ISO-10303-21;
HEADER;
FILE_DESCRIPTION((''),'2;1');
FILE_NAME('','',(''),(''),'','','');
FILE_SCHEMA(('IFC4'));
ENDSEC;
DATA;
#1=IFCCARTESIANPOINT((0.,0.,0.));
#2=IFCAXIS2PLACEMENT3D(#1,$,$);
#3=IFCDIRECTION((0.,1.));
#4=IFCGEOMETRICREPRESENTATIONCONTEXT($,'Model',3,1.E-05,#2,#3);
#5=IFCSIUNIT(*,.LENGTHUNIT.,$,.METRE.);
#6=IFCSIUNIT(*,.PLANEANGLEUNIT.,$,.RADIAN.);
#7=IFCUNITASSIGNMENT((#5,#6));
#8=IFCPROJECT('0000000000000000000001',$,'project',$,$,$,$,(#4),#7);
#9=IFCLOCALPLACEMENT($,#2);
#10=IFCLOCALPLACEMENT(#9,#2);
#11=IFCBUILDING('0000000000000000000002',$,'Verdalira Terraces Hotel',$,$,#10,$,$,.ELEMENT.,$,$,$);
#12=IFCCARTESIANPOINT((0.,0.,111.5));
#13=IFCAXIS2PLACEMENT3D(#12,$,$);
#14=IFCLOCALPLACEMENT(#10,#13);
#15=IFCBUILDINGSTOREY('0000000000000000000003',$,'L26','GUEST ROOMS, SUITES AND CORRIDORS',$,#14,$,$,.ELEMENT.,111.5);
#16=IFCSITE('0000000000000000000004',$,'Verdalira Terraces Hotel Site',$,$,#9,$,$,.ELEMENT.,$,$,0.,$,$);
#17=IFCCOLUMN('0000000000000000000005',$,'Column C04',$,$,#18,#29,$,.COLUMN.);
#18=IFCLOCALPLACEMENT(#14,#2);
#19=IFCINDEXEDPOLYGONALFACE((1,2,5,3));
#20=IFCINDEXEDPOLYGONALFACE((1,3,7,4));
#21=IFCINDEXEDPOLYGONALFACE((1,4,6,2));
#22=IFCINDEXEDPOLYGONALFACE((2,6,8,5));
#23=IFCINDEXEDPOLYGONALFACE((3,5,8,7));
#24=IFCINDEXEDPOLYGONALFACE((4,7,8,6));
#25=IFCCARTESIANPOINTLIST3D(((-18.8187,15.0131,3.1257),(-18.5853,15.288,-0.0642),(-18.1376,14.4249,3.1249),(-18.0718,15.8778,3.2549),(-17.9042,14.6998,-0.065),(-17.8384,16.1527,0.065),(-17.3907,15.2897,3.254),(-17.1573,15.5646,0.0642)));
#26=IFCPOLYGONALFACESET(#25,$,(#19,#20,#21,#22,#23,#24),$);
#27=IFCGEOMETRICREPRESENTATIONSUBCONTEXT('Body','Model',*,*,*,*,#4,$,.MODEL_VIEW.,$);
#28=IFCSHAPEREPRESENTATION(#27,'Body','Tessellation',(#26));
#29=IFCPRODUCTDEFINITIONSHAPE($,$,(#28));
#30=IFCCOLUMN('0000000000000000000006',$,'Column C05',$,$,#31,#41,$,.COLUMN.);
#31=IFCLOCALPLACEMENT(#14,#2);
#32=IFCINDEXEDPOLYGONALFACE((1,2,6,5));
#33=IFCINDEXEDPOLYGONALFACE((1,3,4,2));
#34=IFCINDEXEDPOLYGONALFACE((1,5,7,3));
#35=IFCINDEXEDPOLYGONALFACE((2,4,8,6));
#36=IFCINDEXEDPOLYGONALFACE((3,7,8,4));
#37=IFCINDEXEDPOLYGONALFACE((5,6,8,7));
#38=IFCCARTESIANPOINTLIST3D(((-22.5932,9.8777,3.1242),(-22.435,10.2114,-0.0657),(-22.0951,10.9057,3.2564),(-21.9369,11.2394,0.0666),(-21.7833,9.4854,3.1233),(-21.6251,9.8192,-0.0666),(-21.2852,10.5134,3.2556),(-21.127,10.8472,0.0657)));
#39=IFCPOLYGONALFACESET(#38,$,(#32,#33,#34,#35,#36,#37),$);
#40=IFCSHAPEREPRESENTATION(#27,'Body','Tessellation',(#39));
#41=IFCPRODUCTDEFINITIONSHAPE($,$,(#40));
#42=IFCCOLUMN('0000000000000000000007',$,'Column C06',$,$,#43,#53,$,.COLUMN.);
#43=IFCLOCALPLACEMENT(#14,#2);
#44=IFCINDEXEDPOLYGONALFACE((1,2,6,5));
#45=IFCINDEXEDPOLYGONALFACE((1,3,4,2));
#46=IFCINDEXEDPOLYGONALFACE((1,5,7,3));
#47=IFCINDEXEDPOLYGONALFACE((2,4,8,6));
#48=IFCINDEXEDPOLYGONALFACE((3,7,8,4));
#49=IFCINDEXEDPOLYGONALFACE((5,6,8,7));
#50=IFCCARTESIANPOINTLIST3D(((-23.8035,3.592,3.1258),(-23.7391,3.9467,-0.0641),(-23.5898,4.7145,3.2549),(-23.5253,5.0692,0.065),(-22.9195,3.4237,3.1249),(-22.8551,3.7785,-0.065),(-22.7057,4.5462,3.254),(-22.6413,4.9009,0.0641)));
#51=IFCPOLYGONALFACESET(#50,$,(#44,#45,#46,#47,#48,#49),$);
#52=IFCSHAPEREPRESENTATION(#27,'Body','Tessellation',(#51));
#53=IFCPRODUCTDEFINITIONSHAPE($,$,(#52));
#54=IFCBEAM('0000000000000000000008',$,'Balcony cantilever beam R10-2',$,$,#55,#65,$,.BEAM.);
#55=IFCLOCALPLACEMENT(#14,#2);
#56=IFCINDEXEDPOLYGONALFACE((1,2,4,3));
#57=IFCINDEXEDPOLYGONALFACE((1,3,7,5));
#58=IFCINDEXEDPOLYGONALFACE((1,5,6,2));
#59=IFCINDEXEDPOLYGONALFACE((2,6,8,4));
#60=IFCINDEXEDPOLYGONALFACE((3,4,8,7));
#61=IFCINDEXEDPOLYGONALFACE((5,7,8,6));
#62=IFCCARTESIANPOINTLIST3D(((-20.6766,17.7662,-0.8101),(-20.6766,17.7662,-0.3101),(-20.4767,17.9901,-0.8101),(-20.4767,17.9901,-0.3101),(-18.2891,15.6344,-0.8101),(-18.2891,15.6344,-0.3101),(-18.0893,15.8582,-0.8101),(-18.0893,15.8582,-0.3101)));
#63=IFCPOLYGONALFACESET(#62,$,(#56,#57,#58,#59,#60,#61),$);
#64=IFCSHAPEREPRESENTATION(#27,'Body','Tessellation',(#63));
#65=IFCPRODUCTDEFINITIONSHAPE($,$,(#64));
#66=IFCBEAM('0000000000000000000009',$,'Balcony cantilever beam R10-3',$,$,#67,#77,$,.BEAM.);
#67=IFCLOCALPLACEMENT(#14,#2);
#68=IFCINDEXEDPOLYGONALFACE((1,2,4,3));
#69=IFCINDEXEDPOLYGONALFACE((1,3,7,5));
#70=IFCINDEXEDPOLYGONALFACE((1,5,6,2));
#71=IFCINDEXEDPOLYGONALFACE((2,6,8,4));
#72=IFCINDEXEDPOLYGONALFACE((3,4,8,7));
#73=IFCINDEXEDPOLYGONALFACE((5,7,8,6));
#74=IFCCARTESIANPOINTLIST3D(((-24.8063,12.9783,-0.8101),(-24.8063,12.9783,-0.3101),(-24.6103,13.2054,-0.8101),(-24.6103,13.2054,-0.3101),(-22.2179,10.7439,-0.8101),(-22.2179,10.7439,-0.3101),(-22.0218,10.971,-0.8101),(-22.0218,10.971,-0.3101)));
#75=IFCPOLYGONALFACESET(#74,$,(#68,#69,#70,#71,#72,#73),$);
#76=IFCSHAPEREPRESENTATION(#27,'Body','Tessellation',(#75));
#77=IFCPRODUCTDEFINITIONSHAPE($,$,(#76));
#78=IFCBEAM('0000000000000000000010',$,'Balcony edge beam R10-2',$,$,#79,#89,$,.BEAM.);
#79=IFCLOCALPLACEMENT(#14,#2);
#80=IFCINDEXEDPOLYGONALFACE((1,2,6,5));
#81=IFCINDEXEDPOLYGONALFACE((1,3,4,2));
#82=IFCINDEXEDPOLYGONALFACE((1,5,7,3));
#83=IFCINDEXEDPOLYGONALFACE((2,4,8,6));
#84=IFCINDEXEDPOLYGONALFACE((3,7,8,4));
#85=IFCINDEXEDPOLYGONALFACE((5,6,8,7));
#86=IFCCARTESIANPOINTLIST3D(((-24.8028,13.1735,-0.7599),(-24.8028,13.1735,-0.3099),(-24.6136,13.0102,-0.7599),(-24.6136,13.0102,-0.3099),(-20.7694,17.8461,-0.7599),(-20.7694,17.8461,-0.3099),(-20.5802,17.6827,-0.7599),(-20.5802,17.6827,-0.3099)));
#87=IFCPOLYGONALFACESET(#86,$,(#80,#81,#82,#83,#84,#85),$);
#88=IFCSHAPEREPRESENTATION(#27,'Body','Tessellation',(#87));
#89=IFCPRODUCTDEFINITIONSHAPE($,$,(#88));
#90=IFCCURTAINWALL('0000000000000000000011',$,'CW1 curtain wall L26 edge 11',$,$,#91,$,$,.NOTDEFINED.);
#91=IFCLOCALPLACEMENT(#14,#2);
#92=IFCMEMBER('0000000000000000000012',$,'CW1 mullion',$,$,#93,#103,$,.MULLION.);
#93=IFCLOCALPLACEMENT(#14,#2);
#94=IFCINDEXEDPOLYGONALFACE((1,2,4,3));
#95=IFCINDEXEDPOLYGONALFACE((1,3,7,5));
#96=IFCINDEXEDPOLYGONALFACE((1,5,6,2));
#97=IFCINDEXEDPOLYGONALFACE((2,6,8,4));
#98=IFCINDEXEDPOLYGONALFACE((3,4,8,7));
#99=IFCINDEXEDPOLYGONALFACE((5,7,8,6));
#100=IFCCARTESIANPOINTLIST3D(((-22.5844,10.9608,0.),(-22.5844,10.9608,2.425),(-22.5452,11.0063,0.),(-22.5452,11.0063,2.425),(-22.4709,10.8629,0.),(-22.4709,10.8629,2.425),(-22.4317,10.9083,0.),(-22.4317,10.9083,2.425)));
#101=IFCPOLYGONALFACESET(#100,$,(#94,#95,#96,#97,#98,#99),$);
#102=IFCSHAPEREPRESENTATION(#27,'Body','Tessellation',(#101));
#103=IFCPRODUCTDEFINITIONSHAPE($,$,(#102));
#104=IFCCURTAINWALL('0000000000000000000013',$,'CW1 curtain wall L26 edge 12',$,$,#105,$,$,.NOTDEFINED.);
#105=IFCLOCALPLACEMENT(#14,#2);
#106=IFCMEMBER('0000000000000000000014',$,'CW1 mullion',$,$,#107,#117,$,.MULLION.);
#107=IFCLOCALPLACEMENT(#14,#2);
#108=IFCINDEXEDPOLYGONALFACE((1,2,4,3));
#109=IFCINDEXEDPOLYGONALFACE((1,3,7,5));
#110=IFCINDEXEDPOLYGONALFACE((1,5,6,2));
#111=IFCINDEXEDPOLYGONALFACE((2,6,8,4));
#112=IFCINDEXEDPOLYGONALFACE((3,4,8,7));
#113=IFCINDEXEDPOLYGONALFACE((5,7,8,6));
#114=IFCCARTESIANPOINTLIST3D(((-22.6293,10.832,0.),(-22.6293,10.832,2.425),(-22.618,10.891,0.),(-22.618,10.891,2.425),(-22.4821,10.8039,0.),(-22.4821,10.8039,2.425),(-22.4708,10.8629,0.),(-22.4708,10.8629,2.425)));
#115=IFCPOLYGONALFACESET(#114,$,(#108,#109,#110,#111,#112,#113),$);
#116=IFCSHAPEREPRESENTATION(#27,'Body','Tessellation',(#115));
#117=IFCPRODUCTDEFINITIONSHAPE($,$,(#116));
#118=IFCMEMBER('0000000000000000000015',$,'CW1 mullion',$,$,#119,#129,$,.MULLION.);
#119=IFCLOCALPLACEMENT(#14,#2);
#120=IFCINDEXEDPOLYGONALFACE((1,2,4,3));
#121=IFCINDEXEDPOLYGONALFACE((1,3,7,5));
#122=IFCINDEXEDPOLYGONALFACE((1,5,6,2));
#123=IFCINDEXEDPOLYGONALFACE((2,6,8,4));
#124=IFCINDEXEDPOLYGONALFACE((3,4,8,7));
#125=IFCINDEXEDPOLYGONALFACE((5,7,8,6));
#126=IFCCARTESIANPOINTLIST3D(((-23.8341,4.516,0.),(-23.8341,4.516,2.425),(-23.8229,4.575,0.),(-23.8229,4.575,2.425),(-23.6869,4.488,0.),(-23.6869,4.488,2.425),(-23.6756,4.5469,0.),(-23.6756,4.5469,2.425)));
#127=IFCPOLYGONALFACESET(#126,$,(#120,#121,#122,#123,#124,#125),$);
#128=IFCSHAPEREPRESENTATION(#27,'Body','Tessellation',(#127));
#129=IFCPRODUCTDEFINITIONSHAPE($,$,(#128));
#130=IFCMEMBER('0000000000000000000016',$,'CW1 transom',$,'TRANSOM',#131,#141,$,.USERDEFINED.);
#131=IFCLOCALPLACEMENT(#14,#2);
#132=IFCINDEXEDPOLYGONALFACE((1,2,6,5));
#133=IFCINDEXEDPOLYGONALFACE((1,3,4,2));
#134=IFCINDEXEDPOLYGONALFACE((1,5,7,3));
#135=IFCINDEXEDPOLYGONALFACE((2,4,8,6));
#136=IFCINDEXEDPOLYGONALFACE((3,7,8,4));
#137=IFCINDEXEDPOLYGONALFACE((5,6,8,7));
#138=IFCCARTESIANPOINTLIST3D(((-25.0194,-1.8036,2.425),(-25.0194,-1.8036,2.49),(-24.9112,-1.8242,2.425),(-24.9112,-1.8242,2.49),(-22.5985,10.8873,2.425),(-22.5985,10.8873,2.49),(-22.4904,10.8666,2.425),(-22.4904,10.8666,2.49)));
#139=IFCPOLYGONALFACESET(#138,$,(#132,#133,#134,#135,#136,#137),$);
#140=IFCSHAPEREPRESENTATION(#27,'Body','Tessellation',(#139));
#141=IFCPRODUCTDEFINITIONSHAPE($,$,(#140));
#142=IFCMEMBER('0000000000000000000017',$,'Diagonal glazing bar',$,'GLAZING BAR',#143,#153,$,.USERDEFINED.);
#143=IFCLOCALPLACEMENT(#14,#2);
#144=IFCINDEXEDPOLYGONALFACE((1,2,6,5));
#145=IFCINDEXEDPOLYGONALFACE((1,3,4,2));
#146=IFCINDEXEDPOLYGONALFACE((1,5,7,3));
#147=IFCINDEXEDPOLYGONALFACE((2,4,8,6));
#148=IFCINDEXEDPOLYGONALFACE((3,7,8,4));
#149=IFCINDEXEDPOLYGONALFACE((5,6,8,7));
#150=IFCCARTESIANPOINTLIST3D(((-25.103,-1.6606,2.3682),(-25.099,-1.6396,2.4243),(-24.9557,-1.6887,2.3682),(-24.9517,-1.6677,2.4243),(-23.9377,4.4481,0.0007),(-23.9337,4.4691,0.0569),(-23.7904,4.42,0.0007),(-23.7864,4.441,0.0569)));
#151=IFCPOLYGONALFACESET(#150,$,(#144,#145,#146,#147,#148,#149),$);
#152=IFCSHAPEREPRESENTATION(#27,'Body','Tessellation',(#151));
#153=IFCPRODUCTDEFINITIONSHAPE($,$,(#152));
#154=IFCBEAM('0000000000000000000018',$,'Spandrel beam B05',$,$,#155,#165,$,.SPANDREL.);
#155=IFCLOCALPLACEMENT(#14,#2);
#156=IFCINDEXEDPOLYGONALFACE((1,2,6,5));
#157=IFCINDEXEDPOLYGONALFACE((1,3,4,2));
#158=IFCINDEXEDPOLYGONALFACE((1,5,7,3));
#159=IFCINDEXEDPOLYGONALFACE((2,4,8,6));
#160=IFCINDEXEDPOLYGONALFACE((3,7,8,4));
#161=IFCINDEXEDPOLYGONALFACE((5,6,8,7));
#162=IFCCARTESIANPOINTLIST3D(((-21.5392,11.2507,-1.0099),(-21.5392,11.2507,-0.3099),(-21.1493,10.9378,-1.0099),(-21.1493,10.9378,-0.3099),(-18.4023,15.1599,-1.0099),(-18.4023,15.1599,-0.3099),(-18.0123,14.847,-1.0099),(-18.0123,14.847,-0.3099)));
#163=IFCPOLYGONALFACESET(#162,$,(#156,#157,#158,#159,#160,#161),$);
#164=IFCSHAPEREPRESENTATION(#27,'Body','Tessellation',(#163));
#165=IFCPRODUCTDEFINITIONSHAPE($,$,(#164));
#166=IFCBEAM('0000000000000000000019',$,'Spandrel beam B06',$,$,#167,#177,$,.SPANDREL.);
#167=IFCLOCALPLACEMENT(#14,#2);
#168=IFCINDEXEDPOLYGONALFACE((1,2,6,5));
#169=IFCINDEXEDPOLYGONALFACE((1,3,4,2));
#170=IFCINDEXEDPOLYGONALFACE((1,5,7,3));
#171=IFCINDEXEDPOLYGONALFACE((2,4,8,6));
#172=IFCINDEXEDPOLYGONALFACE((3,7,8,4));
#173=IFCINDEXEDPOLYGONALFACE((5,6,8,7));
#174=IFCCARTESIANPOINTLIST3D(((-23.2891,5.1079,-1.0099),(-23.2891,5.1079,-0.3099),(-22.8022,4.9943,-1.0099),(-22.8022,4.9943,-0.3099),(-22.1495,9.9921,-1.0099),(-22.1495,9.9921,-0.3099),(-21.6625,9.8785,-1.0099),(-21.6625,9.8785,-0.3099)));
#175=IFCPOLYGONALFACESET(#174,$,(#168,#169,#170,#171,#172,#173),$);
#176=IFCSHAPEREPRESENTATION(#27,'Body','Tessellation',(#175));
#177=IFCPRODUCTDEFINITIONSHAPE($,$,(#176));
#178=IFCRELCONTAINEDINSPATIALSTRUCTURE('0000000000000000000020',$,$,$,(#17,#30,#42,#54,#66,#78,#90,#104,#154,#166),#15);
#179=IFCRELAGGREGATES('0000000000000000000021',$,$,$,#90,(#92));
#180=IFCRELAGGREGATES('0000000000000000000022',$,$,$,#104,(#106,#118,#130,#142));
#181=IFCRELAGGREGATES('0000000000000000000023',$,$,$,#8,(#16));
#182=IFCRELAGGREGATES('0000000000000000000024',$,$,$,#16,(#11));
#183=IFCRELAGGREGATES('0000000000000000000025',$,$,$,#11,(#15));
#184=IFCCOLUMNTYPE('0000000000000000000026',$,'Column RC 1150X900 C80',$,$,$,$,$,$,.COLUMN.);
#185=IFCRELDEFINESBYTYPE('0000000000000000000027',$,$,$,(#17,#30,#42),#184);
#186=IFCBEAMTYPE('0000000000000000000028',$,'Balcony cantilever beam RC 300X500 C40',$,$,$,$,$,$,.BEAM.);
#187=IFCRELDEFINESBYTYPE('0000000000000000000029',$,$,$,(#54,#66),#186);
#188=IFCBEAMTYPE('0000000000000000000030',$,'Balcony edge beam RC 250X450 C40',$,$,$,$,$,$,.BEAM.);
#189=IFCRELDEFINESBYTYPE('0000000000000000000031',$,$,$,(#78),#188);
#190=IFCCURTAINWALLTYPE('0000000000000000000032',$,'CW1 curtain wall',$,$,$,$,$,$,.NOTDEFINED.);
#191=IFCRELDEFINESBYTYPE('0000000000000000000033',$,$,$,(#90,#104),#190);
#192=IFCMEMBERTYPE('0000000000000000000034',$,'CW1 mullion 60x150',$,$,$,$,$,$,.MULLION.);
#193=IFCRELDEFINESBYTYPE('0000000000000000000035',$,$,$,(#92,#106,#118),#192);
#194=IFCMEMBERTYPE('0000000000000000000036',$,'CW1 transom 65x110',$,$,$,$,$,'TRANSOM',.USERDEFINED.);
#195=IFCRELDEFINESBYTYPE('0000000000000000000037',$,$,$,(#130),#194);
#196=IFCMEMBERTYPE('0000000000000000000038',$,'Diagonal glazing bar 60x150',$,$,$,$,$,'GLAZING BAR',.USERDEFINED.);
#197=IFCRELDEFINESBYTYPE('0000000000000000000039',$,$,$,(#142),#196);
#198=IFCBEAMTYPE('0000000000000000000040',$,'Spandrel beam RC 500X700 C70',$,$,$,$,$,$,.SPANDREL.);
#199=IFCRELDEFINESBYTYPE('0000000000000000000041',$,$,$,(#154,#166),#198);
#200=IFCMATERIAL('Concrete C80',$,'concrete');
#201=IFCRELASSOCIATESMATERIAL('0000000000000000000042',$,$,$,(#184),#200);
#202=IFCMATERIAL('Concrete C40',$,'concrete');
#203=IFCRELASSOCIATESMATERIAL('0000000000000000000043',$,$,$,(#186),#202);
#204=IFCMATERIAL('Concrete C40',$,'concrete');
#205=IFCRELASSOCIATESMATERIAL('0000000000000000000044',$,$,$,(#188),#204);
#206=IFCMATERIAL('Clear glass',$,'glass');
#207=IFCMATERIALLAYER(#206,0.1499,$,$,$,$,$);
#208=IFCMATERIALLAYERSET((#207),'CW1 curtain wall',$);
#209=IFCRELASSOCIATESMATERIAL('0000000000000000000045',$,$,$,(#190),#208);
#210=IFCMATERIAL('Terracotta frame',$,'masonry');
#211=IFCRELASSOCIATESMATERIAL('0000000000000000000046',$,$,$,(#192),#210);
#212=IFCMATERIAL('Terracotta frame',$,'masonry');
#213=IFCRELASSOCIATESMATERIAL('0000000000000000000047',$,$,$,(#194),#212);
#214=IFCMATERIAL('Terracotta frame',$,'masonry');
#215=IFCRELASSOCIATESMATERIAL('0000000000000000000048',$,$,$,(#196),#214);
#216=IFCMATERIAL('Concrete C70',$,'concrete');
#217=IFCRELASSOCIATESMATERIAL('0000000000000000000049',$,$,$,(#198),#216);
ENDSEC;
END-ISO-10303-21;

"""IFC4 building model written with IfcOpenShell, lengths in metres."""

from ifc_helpers import new_model, si_unit, direction, frame, origin, origin_2d, place, context, subcontext, project, spatial, rectangle, extrude, material, layer, layer_set, material_profile, profile_set, type_object, element, aggregate, save


model = new_model("IFC4")

# Units and contexts
model_context = context("Model", 3, precision=1e-05, world=origin(), true_north=direction((0.0, 1.0)))
body_context = subcontext(model_context, "Body", "Model", "MODEL_VIEW")
ifc_project = project(units=[si_unit("LENGTHUNIT", "METRE"), si_unit("PLANEANGLEUNIT", "RADIAN")], contexts=[model_context])

# Site, building, storey
site_placement = place(None, origin())
site = spatial("IfcSite", under=ifc_project, at=site_placement, Name="Verdalira Terraces Hotel Site", CompositionType="ELEMENT", RefElevation=0.0)
building_placement = place(site_placement, origin())
building = spatial("IfcBuilding", under=site, at=building_placement, Name="Verdalira Terraces Hotel", CompositionType="ELEMENT")
storey_placement = place(building_placement, frame((0.0, 0.0, 111.5)))
storey = spatial("IfcBuildingStorey", under=building, at=storey_placement, Name="L26", Description="GUEST ROOMS, SUITES AND CORRIDORS", CompositionType="ELEMENT", Elevation=111.5)

# Columns
ifc_material_1 = material(Name="Concrete C80", Category="concrete")
ifc_material_profile_1 = material_profile(ifc_material_1, rectangle(XDim=1.1499, YDim=0.8999, at=origin_2d()), Name="RC 1150X900")
ifc_profile_set_1 = profile_set([ifc_material_profile_1], Name="Concrete C80")
column_type = type_object("IfcColumnType", Name="Column RC 1150X900 C80", PredefinedType="COLUMN", material=ifc_profile_set_1)
column_1_placement = place(storey_placement, frame((-17.8713, 15.4263, 0.0), z_axis=(-0.072704, -0.085632, 0.993671), x_axis=(-0.649524, -0.751998, -0.112329)))
element("IfcColumn", 1, at=column_1_placement, inside=storey, type_object=column_type, Name="Column C04", PredefinedType="COLUMN", context=body_context, shape_type="SweptSolid", body=[
    extrude(rectangle(XDim=1.1499, YDim=0.8999, at=origin_2d()), origin(), (0.0, 0.0, 1.0), 3.2102),
])
column_2_placement = place(storey_placement, frame((-21.781, 10.5293, 0.0), z_axis=(-0.049265, -0.103928, 0.993364), x_axis=(0.433105, 0.893976, 0.11501)))
element("IfcColumn", 2, at=column_2_placement, inside=storey, type_object=column_type, Name="Column C05", PredefinedType="COLUMN", context=body_context, shape_type="SweptSolid", body=[
    extrude(rectangle(XDim=1.1499, YDim=0.8999, at=origin_2d()), origin(), (0.0, 0.0, 1.0), 3.2112),
])
column_3_placement = place(storey_placement, frame((-23.1902, 4.4238, 0.0), z_axis=(-0.020077, -0.110501, 0.993673), x_axis=(-0.185925, -0.976125, -0.112306)))
element("IfcColumn", 3, at=column_3_placement, inside=storey, type_object=column_type, Name="Column C06", PredefinedType="COLUMN", context=body_context, shape_type="SweptSolid", body=[
    extrude(rectangle(XDim=1.1499, YDim=0.8999, at=origin_2d()), origin(), (0.0, 0.0, 1.0), 3.2102),
])

# Beams
ifc_material_2 = material(Name="Concrete C40", Category="concrete")
ifc_material_profile_2 = material_profile(ifc_material_2, rectangle(XDim=0.3, YDim=0.5, at=origin_2d()), Name="RC 300X500")
ifc_profile_set_2 = profile_set([ifc_material_profile_2], Name="Concrete C40")
beam_type_1 = type_object("IfcBeamType", Name="Balcony cantilever beam RC 300X500 C40", PredefinedType="BEAM", material=ifc_profile_set_2)
beam_1_placement = place(storey_placement, frame((-18.1892, 15.7463, -0.5601), z_axis=(-0.745909, 0.666048, 0.0), x_axis=(-0.666048, -0.745909, 0.0)))
element("IfcBeam", 4, at=beam_1_placement, inside=storey, type_object=beam_type_1, Name="Balcony cantilever beam R10-2", PredefinedType="BEAM", context=body_context, shape_type="SweptSolid", body=[
    extrude(rectangle(XDim=0.3, YDim=0.5, at=origin_2d()), origin(), (0.0, 0.0, 1.0), 3.2007),
])
beam_2_placement = place(storey_placement, frame((-22.1199, 10.8574, -0.5601), z_axis=(-0.756974, 0.653445, 0.0), x_axis=(-0.653445, -0.756974, 0.0)))
element("IfcBeam", 5, at=beam_2_placement, inside=storey, type_object=beam_type_1, Name="Balcony cantilever beam R10-3", PredefinedType="BEAM", context=body_context, shape_type="SweptSolid", body=[
    extrude(rectangle(XDim=0.3, YDim=0.5, at=origin_2d()), origin(), (0.0, 0.0, 1.0), 3.4194),
])
ifc_material_3 = material(Name="Concrete C40", Category="concrete")
ifc_material_profile_3 = material_profile(ifc_material_3, rectangle(XDim=0.25, YDim=0.45, at=origin_2d()), Name="RC 250X450")
ifc_profile_set_3 = profile_set([ifc_material_profile_3], Name="Concrete C40")
beam_type_2 = type_object("IfcBeamType", Name="Balcony edge beam RC 250X450 C40", PredefinedType="BEAM", material=ifc_profile_set_3)
beam_3_placement = place(storey_placement, frame((-20.6748, 17.7644, -0.5349), z_axis=(-0.653436, -0.756982, 0.0), x_axis=(0.756982, -0.653436, 0.0)))
element("IfcBeam", 6, at=beam_3_placement, inside=storey, type_object=beam_type_2, Name="Balcony edge beam R10-2", PredefinedType="BEAM", context=body_context, shape_type="SweptSolid", body=[
    extrude(rectangle(XDim=0.25, YDim=0.45, at=origin_2d()), origin(), (0.0, 0.0, 1.0), 6.1726),
])

# Curtain wall, member
ifc_material_4 = material(Name="Clear glass", Category="glass")
ifc_layer_1 = layer(ifc_material_4, 0.1499)
ifc_layer_set_1 = layer_set([ifc_layer_1], Name="CW1 curtain wall")
curtain_wall_type = type_object("IfcCurtainWallType", Name="CW1 curtain wall", PredefinedType="NOTDEFINED", material=ifc_layer_set_1)
curtain_wall_1_placement = place(storey_placement, origin())
curtain_wall_1 = element("IfcCurtainWall", 7, at=curtain_wall_1_placement, inside=storey, type_object=curtain_wall_type, Name="CW1 curtain wall L26 edge 11", PredefinedType="NOTDEFINED")
ifc_material_5 = material(Name="Terracotta frame", Category="masonry")
ifc_material_profile_4 = material_profile(ifc_material_5, rectangle(XDim=0.0601, YDim=0.1499, at=origin_2d()), Name="MU 60x150")
ifc_profile_set_4 = profile_set([ifc_material_profile_4], Name="Terracotta frame")
member_type_1 = type_object("IfcMemberType", Name="CW1 mullion 60x150", PredefinedType="MULLION", material=ifc_profile_set_4)
member_1_placement = place(storey_placement, frame((-22.5081, 10.9346, 0.0), z_axis=(0.0, 0.0, 1.0), x_axis=(-0.653421, -0.756995, 0.0)))
member_1 = element("IfcMember", 8, at=member_1_placement, type_object=member_type_1, Name="CW1 mullion", PredefinedType="MULLION", context=body_context, shape_type="SweptSolid", body=[
    extrude(rectangle(XDim=0.0601, YDim=0.1499, at=origin_2d()), origin(), (0.0, 0.0, 1.0), 2.425),
])

# Curtain wall, members
curtain_wall_2_placement = place(storey_placement, origin())
curtain_wall_2 = element("IfcCurtainWall", 9, at=curtain_wall_2_placement, inside=storey, type_object=curtain_wall_type, Name="CW1 curtain wall L26 edge 12", PredefinedType="NOTDEFINED")
member_2_placement = place(storey_placement, frame((-22.55, 10.8474, 0.0), z_axis=(0.0, 0.0, 1.0), x_axis=(-0.187381, -0.982287, 0.0)))
member_2 = element("IfcMember", 10, at=member_2_placement, type_object=member_type_1, Name="CW1 mullion", PredefinedType="MULLION", context=body_context, shape_type="SweptSolid", body=[
    extrude(rectangle(XDim=0.0601, YDim=0.1499, at=origin_2d()), origin(), (0.0, 0.0, 1.0), 2.425),
])
member_3_placement = place(storey_placement, frame((-23.7549, 4.5315, 0.0), z_axis=(0.0, 0.0, 1.0), x_axis=(-0.187381, -0.982287, 0.0)))
member_3 = element("IfcMember", 11, at=member_3_placement, type_object=member_type_1, Name="CW1 mullion", PredefinedType="MULLION", context=body_context, shape_type="SweptSolid", body=[
    extrude(rectangle(XDim=0.0601, YDim=0.1499, at=origin_2d()), origin(), (0.0, 0.0, 1.0), 2.425),
])
ifc_material_6 = material(Name="Terracotta frame", Category="masonry")
ifc_material_profile_5 = material_profile(ifc_material_6, rectangle(XDim=0.1101, YDim=0.0649, at=origin_2d()), Name="TR 65x110")
ifc_profile_set_5 = profile_set([ifc_material_profile_5], Name="Terracotta frame")
member_type_2 = type_object("IfcMemberType", Name="CW1 transom 65x110", ElementType="TRANSOM", PredefinedType="USERDEFINED", material=ifc_profile_set_5)
member_4_placement = place(storey_placement, frame((-22.5444, 10.877, 2.4575), z_axis=(-0.18738, -0.982288, 0.0), x_axis=(0.982288, -0.18738, 0.0)))
member_4 = element("IfcMember", 12, at=member_4_placement, type_object=member_type_2, Name="CW1 transom", ObjectType="TRANSOM", PredefinedType="USERDEFINED", context=body_context, shape_type="SweptSolid", body=[
    extrude(rectangle(XDim=0.1101, YDim=0.0649, at=origin_2d()), origin(), (0.0, 0.0, 1.0), 12.9197),
])
ifc_material_7 = material(Name="Terracotta frame", Category="masonry")
ifc_material_profile_6 = material_profile(ifc_material_7, rectangle(XDim=0.1499, YDim=0.0601, at=origin_2d()), Name="GB 60x150")
ifc_profile_set_6 = profile_set([ifc_material_profile_6], Name="Terracotta frame")
member_type_3 = type_object("IfcMemberType", Name="Diagonal glazing bar 60x150", ElementType="GLAZING BAR", PredefinedType="USERDEFINED", material=ifc_profile_set_6)
member_5_placement = place(storey_placement, frame((-23.8621, 4.4446, 0.0288), z_axis=(-0.17512, -0.918016, 0.355781), x_axis=(0.982287, -0.187381, 0.0)))
member_5 = element("IfcMember", 13, at=member_5_placement, type_object=member_type_3, Name="Diagonal glazing bar", ObjectType="GLAZING BAR", PredefinedType="USERDEFINED", context=body_context, shape_type="SweptSolid", body=[
    extrude(rectangle(XDim=0.1499, YDim=0.0601, at=origin_2d()), origin(), (0.0, 0.0, 1.0), 6.6543),
])

# Beams
ifc_material_8 = material(Name="Concrete C70", Category="concrete")
ifc_material_profile_7 = material_profile(ifc_material_8, rectangle(XDim=0.5, YDim=0.7, at=origin_2d()), Name="RC 500X700")
ifc_profile_set_7 = profile_set([ifc_material_profile_7], Name="Concrete C70")
beam_type_3 = type_object("IfcBeamType", Name="Spandrel beam RC 500X700 C70", PredefinedType="SPANDREL", material=ifc_profile_set_7)
beam_4_placement = place(storey_placement, frame((-18.2073, 15.0034, -0.6599), z_axis=(-0.625865, -0.779932, 0.0), x_axis=(0.779932, -0.625865, 0.0)))
element("IfcBeam", 14, at=beam_4_placement, inside=storey, type_object=beam_type_3, Name="Spandrel beam B05", PredefinedType="SPANDREL", context=body_context, shape_type="SweptSolid", body=[
    extrude(rectangle(XDim=0.5, YDim=0.7, at=origin_2d()), origin(), (0.0, 0.0, 1.0), 5.0122),
])
beam_5_placement = place(storey_placement, frame((-21.906, 9.9353, -0.6599), z_axis=(-0.227227, -0.973842, 0.0), x_axis=(0.973842, -0.227227, 0.0)))
element("IfcBeam", 15, at=beam_5_placement, inside=storey, type_object=beam_type_3, Name="Spandrel beam B06", PredefinedType="SPANDREL", context=body_context, shape_type="SweptSolid", body=[
    extrude(rectangle(XDim=0.5, YDim=0.7, at=origin_2d()), origin(), (0.0, 0.0, 1.0), 5.0154),
])

aggregate(curtain_wall_1, [member_1])
aggregate(curtain_wall_2, [member_2, member_3, member_4, member_5])

save(model, "model.ifc")
